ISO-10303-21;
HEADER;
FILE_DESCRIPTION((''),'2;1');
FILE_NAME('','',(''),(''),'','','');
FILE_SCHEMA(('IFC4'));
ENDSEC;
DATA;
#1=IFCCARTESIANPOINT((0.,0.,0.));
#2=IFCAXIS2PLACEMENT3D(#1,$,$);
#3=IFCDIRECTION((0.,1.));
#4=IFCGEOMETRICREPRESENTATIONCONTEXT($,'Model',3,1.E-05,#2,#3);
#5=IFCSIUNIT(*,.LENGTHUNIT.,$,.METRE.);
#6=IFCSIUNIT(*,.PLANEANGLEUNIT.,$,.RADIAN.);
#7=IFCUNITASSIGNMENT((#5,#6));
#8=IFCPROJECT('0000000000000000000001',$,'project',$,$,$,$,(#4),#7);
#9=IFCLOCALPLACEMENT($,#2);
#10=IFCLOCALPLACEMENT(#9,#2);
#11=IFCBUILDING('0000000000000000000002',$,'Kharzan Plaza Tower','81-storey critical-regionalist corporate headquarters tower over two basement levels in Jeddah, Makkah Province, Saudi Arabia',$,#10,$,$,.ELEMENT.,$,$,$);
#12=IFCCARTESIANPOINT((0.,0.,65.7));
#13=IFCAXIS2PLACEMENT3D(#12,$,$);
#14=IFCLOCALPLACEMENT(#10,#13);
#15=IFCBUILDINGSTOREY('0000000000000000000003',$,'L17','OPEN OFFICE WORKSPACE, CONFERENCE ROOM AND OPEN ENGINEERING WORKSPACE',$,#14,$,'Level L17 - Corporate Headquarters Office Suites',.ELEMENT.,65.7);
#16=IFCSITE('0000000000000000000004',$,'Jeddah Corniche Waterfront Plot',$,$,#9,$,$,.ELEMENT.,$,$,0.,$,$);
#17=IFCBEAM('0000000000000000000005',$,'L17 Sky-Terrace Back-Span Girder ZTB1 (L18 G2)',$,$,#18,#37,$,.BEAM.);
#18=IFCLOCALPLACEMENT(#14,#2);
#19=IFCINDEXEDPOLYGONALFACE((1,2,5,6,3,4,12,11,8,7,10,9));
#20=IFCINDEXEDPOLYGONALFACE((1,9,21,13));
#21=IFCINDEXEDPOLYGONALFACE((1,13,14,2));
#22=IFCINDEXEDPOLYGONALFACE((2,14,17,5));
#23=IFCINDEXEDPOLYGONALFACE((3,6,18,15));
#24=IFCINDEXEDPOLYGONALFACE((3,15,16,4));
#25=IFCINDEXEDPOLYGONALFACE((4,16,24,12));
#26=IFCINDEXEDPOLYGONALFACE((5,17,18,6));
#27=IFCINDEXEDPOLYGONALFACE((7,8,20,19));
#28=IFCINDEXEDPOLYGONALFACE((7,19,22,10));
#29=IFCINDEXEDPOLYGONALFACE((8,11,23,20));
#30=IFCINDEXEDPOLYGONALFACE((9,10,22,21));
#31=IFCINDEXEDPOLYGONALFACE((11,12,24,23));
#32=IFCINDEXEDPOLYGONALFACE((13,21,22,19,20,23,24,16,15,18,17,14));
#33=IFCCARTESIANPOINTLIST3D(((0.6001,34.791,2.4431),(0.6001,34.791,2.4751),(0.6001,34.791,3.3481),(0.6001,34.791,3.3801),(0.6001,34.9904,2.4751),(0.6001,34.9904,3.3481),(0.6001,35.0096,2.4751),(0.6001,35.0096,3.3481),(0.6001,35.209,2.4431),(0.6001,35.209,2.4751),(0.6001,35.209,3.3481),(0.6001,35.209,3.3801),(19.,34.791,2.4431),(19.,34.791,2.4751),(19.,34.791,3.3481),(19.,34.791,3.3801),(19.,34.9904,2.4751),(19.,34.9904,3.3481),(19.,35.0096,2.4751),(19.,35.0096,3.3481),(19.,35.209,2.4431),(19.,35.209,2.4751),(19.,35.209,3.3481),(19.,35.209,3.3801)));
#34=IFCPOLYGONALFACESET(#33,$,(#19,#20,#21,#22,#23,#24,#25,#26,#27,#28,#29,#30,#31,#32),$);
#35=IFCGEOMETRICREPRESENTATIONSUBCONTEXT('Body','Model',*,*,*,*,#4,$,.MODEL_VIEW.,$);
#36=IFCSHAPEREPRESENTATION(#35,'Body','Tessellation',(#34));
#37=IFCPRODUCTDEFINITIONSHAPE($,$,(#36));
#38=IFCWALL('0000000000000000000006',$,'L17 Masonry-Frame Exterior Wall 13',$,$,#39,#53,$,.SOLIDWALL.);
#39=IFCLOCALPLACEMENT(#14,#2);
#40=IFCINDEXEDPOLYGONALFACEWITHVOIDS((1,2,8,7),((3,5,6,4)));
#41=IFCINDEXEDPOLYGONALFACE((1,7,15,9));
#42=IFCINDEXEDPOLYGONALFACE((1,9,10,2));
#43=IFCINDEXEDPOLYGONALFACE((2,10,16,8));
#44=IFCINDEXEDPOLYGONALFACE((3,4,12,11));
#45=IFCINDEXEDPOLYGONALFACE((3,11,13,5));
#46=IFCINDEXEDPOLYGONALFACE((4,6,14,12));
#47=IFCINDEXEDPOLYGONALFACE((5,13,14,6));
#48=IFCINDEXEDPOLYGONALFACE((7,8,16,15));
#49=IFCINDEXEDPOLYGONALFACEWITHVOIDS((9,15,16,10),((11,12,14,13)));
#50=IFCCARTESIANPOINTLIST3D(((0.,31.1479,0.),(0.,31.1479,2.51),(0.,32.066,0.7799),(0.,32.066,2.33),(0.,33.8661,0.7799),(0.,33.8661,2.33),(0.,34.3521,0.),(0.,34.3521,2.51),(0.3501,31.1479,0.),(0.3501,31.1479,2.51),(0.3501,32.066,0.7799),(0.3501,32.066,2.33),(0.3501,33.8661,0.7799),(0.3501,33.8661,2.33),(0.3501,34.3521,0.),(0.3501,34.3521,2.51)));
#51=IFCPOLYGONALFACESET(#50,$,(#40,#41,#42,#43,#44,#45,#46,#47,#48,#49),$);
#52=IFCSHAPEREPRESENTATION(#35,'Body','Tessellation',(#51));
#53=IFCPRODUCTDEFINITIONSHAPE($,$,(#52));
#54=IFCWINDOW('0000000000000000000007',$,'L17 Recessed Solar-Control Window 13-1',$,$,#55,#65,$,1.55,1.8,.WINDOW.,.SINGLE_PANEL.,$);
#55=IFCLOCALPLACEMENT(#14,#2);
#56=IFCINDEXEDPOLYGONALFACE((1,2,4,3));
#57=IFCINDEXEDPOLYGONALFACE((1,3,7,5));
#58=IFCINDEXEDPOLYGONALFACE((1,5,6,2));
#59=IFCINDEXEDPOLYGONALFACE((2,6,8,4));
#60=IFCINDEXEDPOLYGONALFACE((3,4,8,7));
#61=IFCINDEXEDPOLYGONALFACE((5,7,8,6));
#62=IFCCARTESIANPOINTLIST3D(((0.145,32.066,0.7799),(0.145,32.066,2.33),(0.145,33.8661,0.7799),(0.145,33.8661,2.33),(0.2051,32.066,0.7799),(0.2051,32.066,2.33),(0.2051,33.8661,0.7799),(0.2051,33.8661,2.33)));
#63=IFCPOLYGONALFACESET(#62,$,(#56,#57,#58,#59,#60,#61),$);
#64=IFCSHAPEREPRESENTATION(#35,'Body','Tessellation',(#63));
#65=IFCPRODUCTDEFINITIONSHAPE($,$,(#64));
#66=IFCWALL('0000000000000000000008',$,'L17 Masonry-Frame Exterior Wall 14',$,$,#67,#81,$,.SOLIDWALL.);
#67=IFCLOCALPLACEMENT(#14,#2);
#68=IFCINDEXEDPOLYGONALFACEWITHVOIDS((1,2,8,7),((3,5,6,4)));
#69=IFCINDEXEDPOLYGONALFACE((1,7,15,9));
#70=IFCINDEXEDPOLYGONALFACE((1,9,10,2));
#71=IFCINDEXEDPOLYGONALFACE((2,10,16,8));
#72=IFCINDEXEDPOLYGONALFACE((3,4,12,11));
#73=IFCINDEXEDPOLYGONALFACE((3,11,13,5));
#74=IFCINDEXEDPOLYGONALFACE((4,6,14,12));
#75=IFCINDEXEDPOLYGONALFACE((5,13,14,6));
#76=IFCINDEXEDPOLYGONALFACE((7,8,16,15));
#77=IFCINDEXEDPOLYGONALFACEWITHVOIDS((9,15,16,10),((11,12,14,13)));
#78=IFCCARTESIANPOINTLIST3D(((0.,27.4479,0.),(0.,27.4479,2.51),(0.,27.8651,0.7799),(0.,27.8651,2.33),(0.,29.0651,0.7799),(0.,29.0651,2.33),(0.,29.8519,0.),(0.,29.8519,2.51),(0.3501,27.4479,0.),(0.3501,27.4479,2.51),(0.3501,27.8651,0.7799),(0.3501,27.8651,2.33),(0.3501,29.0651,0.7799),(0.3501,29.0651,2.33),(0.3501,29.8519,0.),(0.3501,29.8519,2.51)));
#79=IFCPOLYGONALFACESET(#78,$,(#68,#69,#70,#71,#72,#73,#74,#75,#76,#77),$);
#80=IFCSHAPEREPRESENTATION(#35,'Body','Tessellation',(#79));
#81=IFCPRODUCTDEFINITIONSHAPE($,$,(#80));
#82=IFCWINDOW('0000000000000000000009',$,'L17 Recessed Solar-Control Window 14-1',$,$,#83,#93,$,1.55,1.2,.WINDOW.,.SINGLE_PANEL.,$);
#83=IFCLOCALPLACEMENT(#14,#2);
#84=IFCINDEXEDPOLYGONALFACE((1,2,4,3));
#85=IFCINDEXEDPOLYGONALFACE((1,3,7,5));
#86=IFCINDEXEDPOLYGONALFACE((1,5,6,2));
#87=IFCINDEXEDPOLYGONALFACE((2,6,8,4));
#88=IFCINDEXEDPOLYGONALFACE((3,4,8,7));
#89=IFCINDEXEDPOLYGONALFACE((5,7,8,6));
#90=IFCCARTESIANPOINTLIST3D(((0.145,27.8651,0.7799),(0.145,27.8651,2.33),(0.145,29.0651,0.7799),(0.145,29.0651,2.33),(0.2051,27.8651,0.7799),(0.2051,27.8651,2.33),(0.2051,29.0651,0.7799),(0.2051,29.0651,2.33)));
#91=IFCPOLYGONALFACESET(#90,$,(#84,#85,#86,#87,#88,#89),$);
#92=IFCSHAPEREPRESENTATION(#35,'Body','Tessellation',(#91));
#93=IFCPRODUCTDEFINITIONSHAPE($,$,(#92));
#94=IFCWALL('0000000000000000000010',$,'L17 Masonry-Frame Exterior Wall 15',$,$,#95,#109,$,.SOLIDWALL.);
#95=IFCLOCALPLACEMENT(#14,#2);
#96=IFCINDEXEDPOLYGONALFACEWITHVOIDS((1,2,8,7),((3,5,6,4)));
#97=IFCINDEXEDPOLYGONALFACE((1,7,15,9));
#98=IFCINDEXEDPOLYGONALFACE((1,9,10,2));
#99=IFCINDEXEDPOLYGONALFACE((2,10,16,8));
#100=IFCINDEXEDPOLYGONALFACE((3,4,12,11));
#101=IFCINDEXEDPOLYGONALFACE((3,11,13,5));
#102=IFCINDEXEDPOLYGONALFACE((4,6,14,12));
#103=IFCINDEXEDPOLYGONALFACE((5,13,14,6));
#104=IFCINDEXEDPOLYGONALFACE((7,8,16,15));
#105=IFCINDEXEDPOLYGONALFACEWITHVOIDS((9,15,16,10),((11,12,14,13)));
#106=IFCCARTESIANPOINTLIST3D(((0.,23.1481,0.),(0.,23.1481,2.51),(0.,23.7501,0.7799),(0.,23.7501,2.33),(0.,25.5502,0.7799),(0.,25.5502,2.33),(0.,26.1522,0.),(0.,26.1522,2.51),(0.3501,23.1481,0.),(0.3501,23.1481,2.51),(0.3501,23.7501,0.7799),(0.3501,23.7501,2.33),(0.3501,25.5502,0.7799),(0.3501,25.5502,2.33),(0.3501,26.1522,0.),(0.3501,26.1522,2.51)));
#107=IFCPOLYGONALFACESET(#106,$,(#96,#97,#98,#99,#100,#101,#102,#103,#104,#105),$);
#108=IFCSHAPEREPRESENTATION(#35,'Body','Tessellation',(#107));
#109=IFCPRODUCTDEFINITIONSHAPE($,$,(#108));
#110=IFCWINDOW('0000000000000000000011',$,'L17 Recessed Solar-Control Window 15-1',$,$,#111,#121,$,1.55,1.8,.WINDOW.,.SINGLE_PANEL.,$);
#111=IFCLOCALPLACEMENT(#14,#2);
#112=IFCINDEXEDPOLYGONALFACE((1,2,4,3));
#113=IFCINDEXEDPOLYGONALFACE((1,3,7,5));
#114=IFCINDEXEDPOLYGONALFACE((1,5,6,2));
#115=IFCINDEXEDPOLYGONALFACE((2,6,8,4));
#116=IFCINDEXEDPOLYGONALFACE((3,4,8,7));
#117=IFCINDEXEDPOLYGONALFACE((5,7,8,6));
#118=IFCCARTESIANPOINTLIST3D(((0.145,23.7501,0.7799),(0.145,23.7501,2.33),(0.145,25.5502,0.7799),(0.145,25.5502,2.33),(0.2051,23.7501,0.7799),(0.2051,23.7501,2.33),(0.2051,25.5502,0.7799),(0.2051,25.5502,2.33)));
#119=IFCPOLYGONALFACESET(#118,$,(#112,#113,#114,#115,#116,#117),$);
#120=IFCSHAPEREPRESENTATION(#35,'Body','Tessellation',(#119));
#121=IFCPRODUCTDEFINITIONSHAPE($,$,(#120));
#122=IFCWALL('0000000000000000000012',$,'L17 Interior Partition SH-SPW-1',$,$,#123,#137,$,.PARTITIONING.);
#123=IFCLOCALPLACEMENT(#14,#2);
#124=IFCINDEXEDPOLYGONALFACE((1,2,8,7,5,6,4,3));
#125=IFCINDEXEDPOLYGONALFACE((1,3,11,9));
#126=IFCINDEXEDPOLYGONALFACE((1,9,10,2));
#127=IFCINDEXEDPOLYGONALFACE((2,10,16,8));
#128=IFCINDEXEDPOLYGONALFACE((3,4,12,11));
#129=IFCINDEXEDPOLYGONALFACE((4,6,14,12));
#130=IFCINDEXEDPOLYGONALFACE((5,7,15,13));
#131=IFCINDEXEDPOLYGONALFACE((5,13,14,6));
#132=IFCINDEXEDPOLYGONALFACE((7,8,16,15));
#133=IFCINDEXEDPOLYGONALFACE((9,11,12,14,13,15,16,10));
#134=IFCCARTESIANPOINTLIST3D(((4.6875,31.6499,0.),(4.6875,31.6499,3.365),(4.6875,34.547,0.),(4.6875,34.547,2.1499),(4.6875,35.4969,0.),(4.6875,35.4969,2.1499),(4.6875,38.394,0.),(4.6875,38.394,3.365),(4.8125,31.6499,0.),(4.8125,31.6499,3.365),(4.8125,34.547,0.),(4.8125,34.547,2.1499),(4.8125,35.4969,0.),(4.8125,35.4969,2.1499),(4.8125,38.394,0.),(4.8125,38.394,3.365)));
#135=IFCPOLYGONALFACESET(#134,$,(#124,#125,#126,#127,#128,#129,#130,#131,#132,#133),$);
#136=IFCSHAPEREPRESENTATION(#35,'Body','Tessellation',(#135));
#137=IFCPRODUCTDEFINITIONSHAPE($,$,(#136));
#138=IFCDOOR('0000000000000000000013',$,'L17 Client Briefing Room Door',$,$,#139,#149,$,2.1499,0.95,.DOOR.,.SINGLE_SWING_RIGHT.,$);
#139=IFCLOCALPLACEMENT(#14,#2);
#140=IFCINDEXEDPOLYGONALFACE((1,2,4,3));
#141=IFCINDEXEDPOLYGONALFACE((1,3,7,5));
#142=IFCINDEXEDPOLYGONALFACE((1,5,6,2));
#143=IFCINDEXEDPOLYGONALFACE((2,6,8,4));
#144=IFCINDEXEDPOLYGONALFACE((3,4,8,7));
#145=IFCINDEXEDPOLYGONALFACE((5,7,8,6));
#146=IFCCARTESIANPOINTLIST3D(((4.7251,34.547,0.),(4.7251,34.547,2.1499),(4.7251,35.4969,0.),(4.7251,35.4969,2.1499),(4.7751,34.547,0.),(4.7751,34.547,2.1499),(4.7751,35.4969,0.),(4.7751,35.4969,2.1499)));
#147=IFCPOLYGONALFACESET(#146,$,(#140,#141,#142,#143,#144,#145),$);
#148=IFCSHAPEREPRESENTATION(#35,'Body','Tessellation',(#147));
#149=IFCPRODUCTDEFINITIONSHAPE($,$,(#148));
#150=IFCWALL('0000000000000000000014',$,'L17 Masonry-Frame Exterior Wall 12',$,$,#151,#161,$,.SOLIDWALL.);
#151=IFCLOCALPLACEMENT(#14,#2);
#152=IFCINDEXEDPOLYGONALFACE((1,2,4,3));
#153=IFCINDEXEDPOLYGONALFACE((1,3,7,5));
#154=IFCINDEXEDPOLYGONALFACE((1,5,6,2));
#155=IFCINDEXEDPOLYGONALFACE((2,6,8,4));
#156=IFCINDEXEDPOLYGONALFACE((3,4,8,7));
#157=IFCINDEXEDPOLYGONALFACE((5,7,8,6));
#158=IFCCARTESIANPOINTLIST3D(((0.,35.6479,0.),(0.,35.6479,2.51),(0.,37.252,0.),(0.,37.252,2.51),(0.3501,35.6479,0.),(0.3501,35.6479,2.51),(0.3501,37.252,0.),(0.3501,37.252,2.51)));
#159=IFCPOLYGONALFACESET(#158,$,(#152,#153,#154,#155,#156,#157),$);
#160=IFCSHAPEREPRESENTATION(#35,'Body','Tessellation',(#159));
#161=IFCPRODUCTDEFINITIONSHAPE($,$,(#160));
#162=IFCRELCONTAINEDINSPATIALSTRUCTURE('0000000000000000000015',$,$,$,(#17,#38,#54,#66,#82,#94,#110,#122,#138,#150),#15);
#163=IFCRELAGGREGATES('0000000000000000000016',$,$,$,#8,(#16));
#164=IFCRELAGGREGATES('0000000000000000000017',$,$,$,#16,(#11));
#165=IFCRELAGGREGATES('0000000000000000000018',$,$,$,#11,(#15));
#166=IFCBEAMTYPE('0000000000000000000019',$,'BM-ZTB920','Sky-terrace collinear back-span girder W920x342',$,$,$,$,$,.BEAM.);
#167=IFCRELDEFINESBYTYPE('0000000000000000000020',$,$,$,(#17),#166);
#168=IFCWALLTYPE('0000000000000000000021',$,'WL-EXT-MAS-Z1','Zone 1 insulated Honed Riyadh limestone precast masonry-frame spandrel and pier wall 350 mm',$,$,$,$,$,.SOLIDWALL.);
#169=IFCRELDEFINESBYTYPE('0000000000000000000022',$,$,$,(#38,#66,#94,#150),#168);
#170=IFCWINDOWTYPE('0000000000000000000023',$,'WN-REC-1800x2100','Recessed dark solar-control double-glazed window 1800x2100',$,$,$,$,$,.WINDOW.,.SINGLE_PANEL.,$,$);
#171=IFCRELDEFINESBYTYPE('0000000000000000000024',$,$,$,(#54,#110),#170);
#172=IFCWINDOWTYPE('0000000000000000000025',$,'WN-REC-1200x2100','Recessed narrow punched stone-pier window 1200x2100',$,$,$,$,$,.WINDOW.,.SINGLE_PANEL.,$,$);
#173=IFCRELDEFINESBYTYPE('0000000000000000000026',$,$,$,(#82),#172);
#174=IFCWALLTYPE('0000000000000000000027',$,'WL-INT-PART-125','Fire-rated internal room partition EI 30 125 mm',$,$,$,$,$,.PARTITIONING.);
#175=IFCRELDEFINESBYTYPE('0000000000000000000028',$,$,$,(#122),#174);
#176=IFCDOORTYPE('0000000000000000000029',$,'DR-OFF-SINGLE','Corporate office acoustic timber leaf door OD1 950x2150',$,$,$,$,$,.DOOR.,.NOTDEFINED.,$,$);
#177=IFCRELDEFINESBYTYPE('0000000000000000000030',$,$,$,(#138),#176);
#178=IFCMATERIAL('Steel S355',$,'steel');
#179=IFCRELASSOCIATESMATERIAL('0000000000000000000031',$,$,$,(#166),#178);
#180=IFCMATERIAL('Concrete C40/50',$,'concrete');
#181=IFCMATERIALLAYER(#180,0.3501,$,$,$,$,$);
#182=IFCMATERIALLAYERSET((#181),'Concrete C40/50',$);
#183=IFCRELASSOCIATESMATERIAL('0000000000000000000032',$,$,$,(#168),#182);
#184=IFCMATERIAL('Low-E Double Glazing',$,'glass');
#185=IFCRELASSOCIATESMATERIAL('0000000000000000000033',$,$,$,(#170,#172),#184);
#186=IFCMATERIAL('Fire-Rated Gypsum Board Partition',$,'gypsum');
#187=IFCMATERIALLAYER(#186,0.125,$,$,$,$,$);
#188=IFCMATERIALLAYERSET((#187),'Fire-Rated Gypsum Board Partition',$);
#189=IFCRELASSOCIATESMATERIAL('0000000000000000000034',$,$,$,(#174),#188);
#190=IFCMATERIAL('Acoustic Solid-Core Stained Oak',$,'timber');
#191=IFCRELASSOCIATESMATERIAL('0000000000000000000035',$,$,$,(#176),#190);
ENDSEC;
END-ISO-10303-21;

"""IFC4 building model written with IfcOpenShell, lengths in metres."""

from ifc_helpers import new_model, si_unit, direction, frame, frame_2d, origin, origin_2d, place, context, subcontext, project, spatial, rectangle, i_section, extrude, source, transform, mapped, material, layer, layer_set, material_profile, profile_set, type_object, element, fill, save


model = new_model("IFC4")

# Units and contexts
model_context = context("Model", 3, precision=1e-05, world=origin(), true_north=direction((0.0, 1.0)))
body_context = subcontext(model_context, "Body", "Model", "MODEL_VIEW")
ifc_project = project(units=[si_unit("LENGTHUNIT", "METRE"), si_unit("PLANEANGLEUNIT", "RADIAN")], contexts=[model_context])

# Site, building, storey
site_placement = place(None, origin())
site = spatial("IfcSite", under=ifc_project, at=site_placement, Name="Jeddah Corniche Waterfront Plot", CompositionType="ELEMENT", RefElevation=0.0)
building_placement = place(site_placement, origin())
building = spatial("IfcBuilding", under=site, at=building_placement, Name="Kharzan Plaza Tower", Description="81-storey critical-regionalist corporate headquarters tower over two basement levels in Jeddah, Makkah Province, Saudi Arabia", CompositionType="ELEMENT")
storey_placement = place(building_placement, frame((0.0, 0.0, 65.7)))
storey = spatial("IfcBuildingStorey", under=building, at=storey_placement, Name="L17", Description="OPEN OFFICE WORKSPACE, CONFERENCE ROOM AND OPEN ENGINEERING WORKSPACE", LongName="Level L17 - Corporate Headquarters Office Suites", CompositionType="ELEMENT", Elevation=65.7)

# Beam
ifc_material_1 = material(Name="Steel S355", Category="steel")
ifc_material_profile_1 = material_profile(ifc_material_1, i_section(OverallWidth=0.418, OverallDepth=0.937, WebThickness=0.0193, FlangeThickness=0.032, at=origin_2d()), Name="W920x342")
ifc_profile_set_1 = profile_set([ifc_material_profile_1], Name="Steel S355")
beam_type_1 = type_object("IfcBeamType", Name="BM-ZTB920", Description="Sky-terrace collinear back-span girder W920x342", PredefinedType="BEAM", material=ifc_profile_set_1)
shared_shape_1 = source(origin(), body_context, "Body", "SweptSolid", [
    extrude(i_section(OverallWidth=0.418, OverallDepth=0.937, WebThickness=0.0193, FlangeThickness=0.032, at=origin_2d()), origin(), (0.0, 0.0, 1.0), 18.3999),
])
for number, where, z_axis, x_axis, name in (
    (1, (0.6001, 35.0, 2.9116), (1.0, 0.0, 0.0), (0.0, 1.0, 0.0), "L17 Sky-Terrace Back-Span Girder ZTB1 (L18 G2)"),
):
    element("IfcBeam", number, at=place(storey_placement, frame(where, z_axis=z_axis, x_axis=x_axis)), inside=storey, type_object=beam_type_1, Name=name, PredefinedType="BEAM", context=body_context, shape_type="MappedRepresentation", body=[
        mapped(shared_shape_1, transform((0.0, 0.0, 0.0), x_axis=(1.0, 0.0, 0.0), y_axis=(0.0, 1.0, 0.0), z_axis=(0.0, 0.0, 1.0))),
    ])

# Walls, openings, windows
ifc_material_2 = material(Name="Concrete C40/50", Category="concrete")
ifc_layer_1 = layer(ifc_material_2, 0.3501)
ifc_layer_set_1 = layer_set([ifc_layer_1], Name="Concrete C40/50")
wall_type_1 = type_object("IfcWallType", Name="WL-EXT-MAS-Z1", Description="Zone 1 insulated Honed Riyadh limestone precast masonry-frame spandrel and pier wall 350 mm", PredefinedType="SOLIDWALL", material=ifc_layer_set_1)
wall_1_placement = place(storey_placement, frame((0.175, 34.3521, 0.0), z_axis=(0.0, 0.0, 1.0), x_axis=(0.0, -1.0, 0.0)))
wall_1 = element("IfcWall", 2, at=wall_1_placement, inside=storey, type_object=wall_type_1, Name="L17 Masonry-Frame Exterior Wall 13", PredefinedType="SOLIDWALL", context=body_context, shape_type="SweptSolid", body=[
    extrude(rectangle(XDim=3.2041, YDim=0.3501, at=frame_2d((1.6021, 0.0))), origin(), (0.0, 0.0, 1.0), 2.51),
])
opening_1_placement = place(wall_1_placement, frame((0.4861, 0.0, 0.78)))
opening_1 = element("IfcOpeningElement", 3, at=opening_1_placement, cuts=wall_1, PredefinedType="OPENING", context=body_context, shape_type="SweptSolid", body=[
    extrude(rectangle(XDim=1.8, YDim=1.55, at=frame_2d((0.8999, 0.7749))), frame((0.0, 0.1851, 0.0), z_axis=(0.0, -1.0, 0.0), x_axis=(1.0, 0.0, 0.0)), (0.0, 0.0, 1.0), 0.3701),
])
ifc_material_3 = material(Name="Low-E Double Glazing", Category="glass")
window_type_1 = type_object("IfcWindowType", Name="WN-REC-1800x2100", Description="Recessed dark solar-control double-glazed window 1800x2100", PartitioningType="SINGLE_PANEL", PredefinedType="WINDOW", material=ifc_material_3)
shared_shape_2 = source(origin(), body_context, "Body", "SweptSolid", [
    extrude(rectangle(XDim=1.8, YDim=1.55, at=frame_2d((0.8999, 0.7749))), frame((0.0, 0.03, 0.0), z_axis=(0.0, -1.0, 0.0), x_axis=(1.0, 0.0, 0.0)), (0.0, 0.0, 1.0), 0.0601),
])
window_1_placement = place(opening_1_placement, origin())
window_1 = element("IfcWindow", 4, at=window_1_placement, inside=storey, type_object=window_type_1, Name="L17 Recessed Solar-Control Window 13-1", OverallHeight=1.55, OverallWidth=1.8, PartitioningType="SINGLE_PANEL", PredefinedType="WINDOW", context=body_context, shape_type="MappedRepresentation", body=[
    mapped(shared_shape_2, transform((0.0, 0.0, 0.0), x_axis=(1.0, 0.0, 0.0), y_axis=(0.0, 1.0, 0.0), z_axis=(0.0, 0.0, 1.0))),
])
fill(opening_1, window_1)
wall_2_placement = place(storey_placement, frame((0.175, 29.8521, 0.0), z_axis=(0.0, 0.0, 1.0), x_axis=(0.0, -1.0, 0.0)))
wall_2 = element("IfcWall", 5, at=wall_2_placement, inside=storey, type_object=wall_type_1, Name="L17 Masonry-Frame Exterior Wall 14", PredefinedType="SOLIDWALL", context=body_context, shape_type="SweptSolid", body=[
    extrude(rectangle(XDim=2.4041, YDim=0.3501, at=frame_2d((1.2021, 0.0))), origin(), (0.0, 0.0, 1.0), 2.51),
])
opening_2_placement = place(wall_2_placement, frame((0.7869, 0.0, 0.78)))
opening_2 = element("IfcOpeningElement", 6, at=opening_2_placement, cuts=wall_2, PredefinedType="OPENING", context=body_context, shape_type="SweptSolid", body=[
    extrude(rectangle(XDim=1.2, YDim=1.55, at=frame_2d((0.6001, 0.7749))), frame((0.0, 0.1851, 0.0), z_axis=(0.0, -1.0, 0.0), x_axis=(1.0, 0.0, 0.0)), (0.0, 0.0, 1.0), 0.3701),
])
window_type_2 = type_object("IfcWindowType", Name="WN-REC-1200x2100", Description="Recessed narrow punched stone-pier window 1200x2100", PartitioningType="SINGLE_PANEL", PredefinedType="WINDOW", material=ifc_material_3)
shared_shape_3 = source(origin(), body_context, "Body", "SweptSolid", [
    extrude(rectangle(XDim=1.2, YDim=1.55, at=frame_2d((0.6001, 0.7749))), frame((0.0, 0.03, 0.0), z_axis=(0.0, -1.0, 0.0), x_axis=(1.0, 0.0, 0.0)), (0.0, 0.0, 1.0), 0.0601),
])
window_2_placement = place(opening_2_placement, origin())
window_2 = element("IfcWindow", 7, at=window_2_placement, inside=storey, type_object=window_type_2, Name="L17 Recessed Solar-Control Window 14-1", OverallHeight=1.55, OverallWidth=1.2, PartitioningType="SINGLE_PANEL", PredefinedType="WINDOW", context=body_context, shape_type="MappedRepresentation", body=[
    mapped(shared_shape_3, transform((0.0, 0.0, 0.0), x_axis=(1.0, 0.0, 0.0), y_axis=(0.0, 1.0, 0.0), z_axis=(0.0, 0.0, 1.0))),
])
fill(opening_2, window_2)
wall_3_placement = place(storey_placement, frame((0.175, 26.1521, 0.0), z_axis=(0.0, 0.0, 1.0), x_axis=(0.0, -1.0, 0.0)))
wall_3 = element("IfcWall", 8, at=wall_3_placement, inside=storey, type_object=wall_type_1, Name="L17 Masonry-Frame Exterior Wall 15", PredefinedType="SOLIDWALL", context=body_context, shape_type="SweptSolid", body=[
    extrude(rectangle(XDim=3.0042, YDim=0.3501, at=frame_2d((1.502, 0.0))), origin(), (0.0, 0.0, 1.0), 2.51),
])
opening_3_placement = place(wall_3_placement, frame((0.6021, 0.0, 0.78)))
opening_3 = element("IfcOpeningElement", 9, at=opening_3_placement, cuts=wall_3, PredefinedType="OPENING", context=body_context, shape_type="SweptSolid", body=[
    extrude(rectangle(XDim=1.8, YDim=1.55, at=frame_2d((0.8999, 0.7749))), frame((0.0, 0.1851, 0.0), z_axis=(0.0, -1.0, 0.0), x_axis=(1.0, 0.0, 0.0)), (0.0, 0.0, 1.0), 0.3701),
])
window_3_placement = place(opening_3_placement, origin())
window_3 = element("IfcWindow", 10, at=window_3_placement, inside=storey, type_object=window_type_1, Name="L17 Recessed Solar-Control Window 15-1", OverallHeight=1.55, OverallWidth=1.8, PartitioningType="SINGLE_PANEL", PredefinedType="WINDOW", context=body_context, shape_type="MappedRepresentation", body=[
    mapped(shared_shape_2, transform((0.0, 0.0, 0.0), x_axis=(1.0, 0.0, 0.0), y_axis=(0.0, 1.0, 0.0), z_axis=(0.0, 0.0, 1.0))),
])
fill(opening_3, window_3)

# Wall, opening, door
ifc_material_4 = material(Name="Fire-Rated Gypsum Board Partition", Category="gypsum")
ifc_layer_2 = layer(ifc_material_4, 0.125)
ifc_layer_set_2 = layer_set([ifc_layer_2], Name="Fire-Rated Gypsum Board Partition")
wall_type_2 = type_object("IfcWallType", Name="WL-INT-PART-125", Description="Fire-rated internal room partition EI 30 125 mm", PredefinedType="PARTITIONING", material=ifc_layer_set_2)
wall_4_placement = place(storey_placement, frame((4.75, 31.6499, 0.0), z_axis=(0.0, 0.0, 1.0), x_axis=(0.0, 1.0, 0.0)))
wall_4 = element("IfcWall", 11, at=wall_4_placement, inside=storey, type_object=wall_type_2, Name="L17 Interior Partition SH-SPW-1", PredefinedType="PARTITIONING", context=body_context, shape_type="SweptSolid", body=[
    extrude(rectangle(XDim=6.7441, YDim=0.125, at=frame_2d((3.3721, 0.0))), origin(), (0.0, 0.0, 1.0), 3.365),
])
opening_4_placement = place(wall_4_placement, frame((2.897, 0.0, 0.0)))
opening_4 = element("IfcOpeningElement", 12, at=opening_4_placement, cuts=wall_4, PredefinedType="OPENING", context=body_context, shape_type="SweptSolid", body=[
    extrude(rectangle(XDim=0.95, YDim=2.1499, at=frame_2d((0.4751, 1.075))), frame((0.0, 0.0725, 0.0), z_axis=(0.0, -1.0, 0.0), x_axis=(1.0, 0.0, 0.0)), (0.0, 0.0, 1.0), 0.145),
])
ifc_material_5 = material(Name="Acoustic Solid-Core Stained Oak", Category="timber")
door_type = type_object("IfcDoorType", Name="DR-OFF-SINGLE", Description="Corporate office acoustic timber leaf door OD1 950x2150", OperationType="NOTDEFINED", PredefinedType="DOOR", material=ifc_material_5)
shared_shape_4 = source(origin(), body_context, "Body", "SweptSolid", [
    extrude(rectangle(XDim=0.95, YDim=2.1499, at=frame_2d((0.4751, 1.075))), frame((0.0, 0.0249, 0.0), z_axis=(0.0, -1.0, 0.0), x_axis=(1.0, 0.0, 0.0)), (0.0, 0.0, 1.0), 0.05),
])
door_placement = place(opening_4_placement, origin())
door = element("IfcDoor", 13, at=door_placement, inside=storey, type_object=door_type, Name="L17 Client Briefing Room Door", OperationType="SINGLE_SWING_RIGHT", OverallHeight=2.1499, OverallWidth=0.95, PredefinedType="DOOR", context=body_context, shape_type="MappedRepresentation", body=[
    mapped(shared_shape_4, transform((0.0, 0.0, 0.0), x_axis=(1.0, 0.0, 0.0), y_axis=(0.0, 1.0, 0.0), z_axis=(0.0, 0.0, 1.0))),
])
fill(opening_4, door)

# Wall
shared_shape_5 = source(origin(), body_context, "Body", "SweptSolid", [
    extrude(rectangle(XDim=1.604, YDim=0.3501, at=frame_2d((0.802, 0.0))), origin(), (0.0, 0.0, 1.0), 2.51),
])
wall_5_placement = place(storey_placement, frame((0.175, 37.252, 0.0), z_axis=(0.0, 0.0, 1.0), x_axis=(0.0, -1.0, 0.0)))
element("IfcWall", 14, at=wall_5_placement, inside=storey, type_object=wall_type_1, Name="L17 Masonry-Frame Exterior Wall 12", PredefinedType="SOLIDWALL", context=body_context, shape_type="MappedRepresentation", body=[
    mapped(shared_shape_5, transform((0.0, 0.0, 0.0), x_axis=(1.0, 0.0, 0.0), y_axis=(0.0, 1.0, 0.0), z_axis=(0.0, 0.0, 1.0))),
])

save(model, "model.ifc")
